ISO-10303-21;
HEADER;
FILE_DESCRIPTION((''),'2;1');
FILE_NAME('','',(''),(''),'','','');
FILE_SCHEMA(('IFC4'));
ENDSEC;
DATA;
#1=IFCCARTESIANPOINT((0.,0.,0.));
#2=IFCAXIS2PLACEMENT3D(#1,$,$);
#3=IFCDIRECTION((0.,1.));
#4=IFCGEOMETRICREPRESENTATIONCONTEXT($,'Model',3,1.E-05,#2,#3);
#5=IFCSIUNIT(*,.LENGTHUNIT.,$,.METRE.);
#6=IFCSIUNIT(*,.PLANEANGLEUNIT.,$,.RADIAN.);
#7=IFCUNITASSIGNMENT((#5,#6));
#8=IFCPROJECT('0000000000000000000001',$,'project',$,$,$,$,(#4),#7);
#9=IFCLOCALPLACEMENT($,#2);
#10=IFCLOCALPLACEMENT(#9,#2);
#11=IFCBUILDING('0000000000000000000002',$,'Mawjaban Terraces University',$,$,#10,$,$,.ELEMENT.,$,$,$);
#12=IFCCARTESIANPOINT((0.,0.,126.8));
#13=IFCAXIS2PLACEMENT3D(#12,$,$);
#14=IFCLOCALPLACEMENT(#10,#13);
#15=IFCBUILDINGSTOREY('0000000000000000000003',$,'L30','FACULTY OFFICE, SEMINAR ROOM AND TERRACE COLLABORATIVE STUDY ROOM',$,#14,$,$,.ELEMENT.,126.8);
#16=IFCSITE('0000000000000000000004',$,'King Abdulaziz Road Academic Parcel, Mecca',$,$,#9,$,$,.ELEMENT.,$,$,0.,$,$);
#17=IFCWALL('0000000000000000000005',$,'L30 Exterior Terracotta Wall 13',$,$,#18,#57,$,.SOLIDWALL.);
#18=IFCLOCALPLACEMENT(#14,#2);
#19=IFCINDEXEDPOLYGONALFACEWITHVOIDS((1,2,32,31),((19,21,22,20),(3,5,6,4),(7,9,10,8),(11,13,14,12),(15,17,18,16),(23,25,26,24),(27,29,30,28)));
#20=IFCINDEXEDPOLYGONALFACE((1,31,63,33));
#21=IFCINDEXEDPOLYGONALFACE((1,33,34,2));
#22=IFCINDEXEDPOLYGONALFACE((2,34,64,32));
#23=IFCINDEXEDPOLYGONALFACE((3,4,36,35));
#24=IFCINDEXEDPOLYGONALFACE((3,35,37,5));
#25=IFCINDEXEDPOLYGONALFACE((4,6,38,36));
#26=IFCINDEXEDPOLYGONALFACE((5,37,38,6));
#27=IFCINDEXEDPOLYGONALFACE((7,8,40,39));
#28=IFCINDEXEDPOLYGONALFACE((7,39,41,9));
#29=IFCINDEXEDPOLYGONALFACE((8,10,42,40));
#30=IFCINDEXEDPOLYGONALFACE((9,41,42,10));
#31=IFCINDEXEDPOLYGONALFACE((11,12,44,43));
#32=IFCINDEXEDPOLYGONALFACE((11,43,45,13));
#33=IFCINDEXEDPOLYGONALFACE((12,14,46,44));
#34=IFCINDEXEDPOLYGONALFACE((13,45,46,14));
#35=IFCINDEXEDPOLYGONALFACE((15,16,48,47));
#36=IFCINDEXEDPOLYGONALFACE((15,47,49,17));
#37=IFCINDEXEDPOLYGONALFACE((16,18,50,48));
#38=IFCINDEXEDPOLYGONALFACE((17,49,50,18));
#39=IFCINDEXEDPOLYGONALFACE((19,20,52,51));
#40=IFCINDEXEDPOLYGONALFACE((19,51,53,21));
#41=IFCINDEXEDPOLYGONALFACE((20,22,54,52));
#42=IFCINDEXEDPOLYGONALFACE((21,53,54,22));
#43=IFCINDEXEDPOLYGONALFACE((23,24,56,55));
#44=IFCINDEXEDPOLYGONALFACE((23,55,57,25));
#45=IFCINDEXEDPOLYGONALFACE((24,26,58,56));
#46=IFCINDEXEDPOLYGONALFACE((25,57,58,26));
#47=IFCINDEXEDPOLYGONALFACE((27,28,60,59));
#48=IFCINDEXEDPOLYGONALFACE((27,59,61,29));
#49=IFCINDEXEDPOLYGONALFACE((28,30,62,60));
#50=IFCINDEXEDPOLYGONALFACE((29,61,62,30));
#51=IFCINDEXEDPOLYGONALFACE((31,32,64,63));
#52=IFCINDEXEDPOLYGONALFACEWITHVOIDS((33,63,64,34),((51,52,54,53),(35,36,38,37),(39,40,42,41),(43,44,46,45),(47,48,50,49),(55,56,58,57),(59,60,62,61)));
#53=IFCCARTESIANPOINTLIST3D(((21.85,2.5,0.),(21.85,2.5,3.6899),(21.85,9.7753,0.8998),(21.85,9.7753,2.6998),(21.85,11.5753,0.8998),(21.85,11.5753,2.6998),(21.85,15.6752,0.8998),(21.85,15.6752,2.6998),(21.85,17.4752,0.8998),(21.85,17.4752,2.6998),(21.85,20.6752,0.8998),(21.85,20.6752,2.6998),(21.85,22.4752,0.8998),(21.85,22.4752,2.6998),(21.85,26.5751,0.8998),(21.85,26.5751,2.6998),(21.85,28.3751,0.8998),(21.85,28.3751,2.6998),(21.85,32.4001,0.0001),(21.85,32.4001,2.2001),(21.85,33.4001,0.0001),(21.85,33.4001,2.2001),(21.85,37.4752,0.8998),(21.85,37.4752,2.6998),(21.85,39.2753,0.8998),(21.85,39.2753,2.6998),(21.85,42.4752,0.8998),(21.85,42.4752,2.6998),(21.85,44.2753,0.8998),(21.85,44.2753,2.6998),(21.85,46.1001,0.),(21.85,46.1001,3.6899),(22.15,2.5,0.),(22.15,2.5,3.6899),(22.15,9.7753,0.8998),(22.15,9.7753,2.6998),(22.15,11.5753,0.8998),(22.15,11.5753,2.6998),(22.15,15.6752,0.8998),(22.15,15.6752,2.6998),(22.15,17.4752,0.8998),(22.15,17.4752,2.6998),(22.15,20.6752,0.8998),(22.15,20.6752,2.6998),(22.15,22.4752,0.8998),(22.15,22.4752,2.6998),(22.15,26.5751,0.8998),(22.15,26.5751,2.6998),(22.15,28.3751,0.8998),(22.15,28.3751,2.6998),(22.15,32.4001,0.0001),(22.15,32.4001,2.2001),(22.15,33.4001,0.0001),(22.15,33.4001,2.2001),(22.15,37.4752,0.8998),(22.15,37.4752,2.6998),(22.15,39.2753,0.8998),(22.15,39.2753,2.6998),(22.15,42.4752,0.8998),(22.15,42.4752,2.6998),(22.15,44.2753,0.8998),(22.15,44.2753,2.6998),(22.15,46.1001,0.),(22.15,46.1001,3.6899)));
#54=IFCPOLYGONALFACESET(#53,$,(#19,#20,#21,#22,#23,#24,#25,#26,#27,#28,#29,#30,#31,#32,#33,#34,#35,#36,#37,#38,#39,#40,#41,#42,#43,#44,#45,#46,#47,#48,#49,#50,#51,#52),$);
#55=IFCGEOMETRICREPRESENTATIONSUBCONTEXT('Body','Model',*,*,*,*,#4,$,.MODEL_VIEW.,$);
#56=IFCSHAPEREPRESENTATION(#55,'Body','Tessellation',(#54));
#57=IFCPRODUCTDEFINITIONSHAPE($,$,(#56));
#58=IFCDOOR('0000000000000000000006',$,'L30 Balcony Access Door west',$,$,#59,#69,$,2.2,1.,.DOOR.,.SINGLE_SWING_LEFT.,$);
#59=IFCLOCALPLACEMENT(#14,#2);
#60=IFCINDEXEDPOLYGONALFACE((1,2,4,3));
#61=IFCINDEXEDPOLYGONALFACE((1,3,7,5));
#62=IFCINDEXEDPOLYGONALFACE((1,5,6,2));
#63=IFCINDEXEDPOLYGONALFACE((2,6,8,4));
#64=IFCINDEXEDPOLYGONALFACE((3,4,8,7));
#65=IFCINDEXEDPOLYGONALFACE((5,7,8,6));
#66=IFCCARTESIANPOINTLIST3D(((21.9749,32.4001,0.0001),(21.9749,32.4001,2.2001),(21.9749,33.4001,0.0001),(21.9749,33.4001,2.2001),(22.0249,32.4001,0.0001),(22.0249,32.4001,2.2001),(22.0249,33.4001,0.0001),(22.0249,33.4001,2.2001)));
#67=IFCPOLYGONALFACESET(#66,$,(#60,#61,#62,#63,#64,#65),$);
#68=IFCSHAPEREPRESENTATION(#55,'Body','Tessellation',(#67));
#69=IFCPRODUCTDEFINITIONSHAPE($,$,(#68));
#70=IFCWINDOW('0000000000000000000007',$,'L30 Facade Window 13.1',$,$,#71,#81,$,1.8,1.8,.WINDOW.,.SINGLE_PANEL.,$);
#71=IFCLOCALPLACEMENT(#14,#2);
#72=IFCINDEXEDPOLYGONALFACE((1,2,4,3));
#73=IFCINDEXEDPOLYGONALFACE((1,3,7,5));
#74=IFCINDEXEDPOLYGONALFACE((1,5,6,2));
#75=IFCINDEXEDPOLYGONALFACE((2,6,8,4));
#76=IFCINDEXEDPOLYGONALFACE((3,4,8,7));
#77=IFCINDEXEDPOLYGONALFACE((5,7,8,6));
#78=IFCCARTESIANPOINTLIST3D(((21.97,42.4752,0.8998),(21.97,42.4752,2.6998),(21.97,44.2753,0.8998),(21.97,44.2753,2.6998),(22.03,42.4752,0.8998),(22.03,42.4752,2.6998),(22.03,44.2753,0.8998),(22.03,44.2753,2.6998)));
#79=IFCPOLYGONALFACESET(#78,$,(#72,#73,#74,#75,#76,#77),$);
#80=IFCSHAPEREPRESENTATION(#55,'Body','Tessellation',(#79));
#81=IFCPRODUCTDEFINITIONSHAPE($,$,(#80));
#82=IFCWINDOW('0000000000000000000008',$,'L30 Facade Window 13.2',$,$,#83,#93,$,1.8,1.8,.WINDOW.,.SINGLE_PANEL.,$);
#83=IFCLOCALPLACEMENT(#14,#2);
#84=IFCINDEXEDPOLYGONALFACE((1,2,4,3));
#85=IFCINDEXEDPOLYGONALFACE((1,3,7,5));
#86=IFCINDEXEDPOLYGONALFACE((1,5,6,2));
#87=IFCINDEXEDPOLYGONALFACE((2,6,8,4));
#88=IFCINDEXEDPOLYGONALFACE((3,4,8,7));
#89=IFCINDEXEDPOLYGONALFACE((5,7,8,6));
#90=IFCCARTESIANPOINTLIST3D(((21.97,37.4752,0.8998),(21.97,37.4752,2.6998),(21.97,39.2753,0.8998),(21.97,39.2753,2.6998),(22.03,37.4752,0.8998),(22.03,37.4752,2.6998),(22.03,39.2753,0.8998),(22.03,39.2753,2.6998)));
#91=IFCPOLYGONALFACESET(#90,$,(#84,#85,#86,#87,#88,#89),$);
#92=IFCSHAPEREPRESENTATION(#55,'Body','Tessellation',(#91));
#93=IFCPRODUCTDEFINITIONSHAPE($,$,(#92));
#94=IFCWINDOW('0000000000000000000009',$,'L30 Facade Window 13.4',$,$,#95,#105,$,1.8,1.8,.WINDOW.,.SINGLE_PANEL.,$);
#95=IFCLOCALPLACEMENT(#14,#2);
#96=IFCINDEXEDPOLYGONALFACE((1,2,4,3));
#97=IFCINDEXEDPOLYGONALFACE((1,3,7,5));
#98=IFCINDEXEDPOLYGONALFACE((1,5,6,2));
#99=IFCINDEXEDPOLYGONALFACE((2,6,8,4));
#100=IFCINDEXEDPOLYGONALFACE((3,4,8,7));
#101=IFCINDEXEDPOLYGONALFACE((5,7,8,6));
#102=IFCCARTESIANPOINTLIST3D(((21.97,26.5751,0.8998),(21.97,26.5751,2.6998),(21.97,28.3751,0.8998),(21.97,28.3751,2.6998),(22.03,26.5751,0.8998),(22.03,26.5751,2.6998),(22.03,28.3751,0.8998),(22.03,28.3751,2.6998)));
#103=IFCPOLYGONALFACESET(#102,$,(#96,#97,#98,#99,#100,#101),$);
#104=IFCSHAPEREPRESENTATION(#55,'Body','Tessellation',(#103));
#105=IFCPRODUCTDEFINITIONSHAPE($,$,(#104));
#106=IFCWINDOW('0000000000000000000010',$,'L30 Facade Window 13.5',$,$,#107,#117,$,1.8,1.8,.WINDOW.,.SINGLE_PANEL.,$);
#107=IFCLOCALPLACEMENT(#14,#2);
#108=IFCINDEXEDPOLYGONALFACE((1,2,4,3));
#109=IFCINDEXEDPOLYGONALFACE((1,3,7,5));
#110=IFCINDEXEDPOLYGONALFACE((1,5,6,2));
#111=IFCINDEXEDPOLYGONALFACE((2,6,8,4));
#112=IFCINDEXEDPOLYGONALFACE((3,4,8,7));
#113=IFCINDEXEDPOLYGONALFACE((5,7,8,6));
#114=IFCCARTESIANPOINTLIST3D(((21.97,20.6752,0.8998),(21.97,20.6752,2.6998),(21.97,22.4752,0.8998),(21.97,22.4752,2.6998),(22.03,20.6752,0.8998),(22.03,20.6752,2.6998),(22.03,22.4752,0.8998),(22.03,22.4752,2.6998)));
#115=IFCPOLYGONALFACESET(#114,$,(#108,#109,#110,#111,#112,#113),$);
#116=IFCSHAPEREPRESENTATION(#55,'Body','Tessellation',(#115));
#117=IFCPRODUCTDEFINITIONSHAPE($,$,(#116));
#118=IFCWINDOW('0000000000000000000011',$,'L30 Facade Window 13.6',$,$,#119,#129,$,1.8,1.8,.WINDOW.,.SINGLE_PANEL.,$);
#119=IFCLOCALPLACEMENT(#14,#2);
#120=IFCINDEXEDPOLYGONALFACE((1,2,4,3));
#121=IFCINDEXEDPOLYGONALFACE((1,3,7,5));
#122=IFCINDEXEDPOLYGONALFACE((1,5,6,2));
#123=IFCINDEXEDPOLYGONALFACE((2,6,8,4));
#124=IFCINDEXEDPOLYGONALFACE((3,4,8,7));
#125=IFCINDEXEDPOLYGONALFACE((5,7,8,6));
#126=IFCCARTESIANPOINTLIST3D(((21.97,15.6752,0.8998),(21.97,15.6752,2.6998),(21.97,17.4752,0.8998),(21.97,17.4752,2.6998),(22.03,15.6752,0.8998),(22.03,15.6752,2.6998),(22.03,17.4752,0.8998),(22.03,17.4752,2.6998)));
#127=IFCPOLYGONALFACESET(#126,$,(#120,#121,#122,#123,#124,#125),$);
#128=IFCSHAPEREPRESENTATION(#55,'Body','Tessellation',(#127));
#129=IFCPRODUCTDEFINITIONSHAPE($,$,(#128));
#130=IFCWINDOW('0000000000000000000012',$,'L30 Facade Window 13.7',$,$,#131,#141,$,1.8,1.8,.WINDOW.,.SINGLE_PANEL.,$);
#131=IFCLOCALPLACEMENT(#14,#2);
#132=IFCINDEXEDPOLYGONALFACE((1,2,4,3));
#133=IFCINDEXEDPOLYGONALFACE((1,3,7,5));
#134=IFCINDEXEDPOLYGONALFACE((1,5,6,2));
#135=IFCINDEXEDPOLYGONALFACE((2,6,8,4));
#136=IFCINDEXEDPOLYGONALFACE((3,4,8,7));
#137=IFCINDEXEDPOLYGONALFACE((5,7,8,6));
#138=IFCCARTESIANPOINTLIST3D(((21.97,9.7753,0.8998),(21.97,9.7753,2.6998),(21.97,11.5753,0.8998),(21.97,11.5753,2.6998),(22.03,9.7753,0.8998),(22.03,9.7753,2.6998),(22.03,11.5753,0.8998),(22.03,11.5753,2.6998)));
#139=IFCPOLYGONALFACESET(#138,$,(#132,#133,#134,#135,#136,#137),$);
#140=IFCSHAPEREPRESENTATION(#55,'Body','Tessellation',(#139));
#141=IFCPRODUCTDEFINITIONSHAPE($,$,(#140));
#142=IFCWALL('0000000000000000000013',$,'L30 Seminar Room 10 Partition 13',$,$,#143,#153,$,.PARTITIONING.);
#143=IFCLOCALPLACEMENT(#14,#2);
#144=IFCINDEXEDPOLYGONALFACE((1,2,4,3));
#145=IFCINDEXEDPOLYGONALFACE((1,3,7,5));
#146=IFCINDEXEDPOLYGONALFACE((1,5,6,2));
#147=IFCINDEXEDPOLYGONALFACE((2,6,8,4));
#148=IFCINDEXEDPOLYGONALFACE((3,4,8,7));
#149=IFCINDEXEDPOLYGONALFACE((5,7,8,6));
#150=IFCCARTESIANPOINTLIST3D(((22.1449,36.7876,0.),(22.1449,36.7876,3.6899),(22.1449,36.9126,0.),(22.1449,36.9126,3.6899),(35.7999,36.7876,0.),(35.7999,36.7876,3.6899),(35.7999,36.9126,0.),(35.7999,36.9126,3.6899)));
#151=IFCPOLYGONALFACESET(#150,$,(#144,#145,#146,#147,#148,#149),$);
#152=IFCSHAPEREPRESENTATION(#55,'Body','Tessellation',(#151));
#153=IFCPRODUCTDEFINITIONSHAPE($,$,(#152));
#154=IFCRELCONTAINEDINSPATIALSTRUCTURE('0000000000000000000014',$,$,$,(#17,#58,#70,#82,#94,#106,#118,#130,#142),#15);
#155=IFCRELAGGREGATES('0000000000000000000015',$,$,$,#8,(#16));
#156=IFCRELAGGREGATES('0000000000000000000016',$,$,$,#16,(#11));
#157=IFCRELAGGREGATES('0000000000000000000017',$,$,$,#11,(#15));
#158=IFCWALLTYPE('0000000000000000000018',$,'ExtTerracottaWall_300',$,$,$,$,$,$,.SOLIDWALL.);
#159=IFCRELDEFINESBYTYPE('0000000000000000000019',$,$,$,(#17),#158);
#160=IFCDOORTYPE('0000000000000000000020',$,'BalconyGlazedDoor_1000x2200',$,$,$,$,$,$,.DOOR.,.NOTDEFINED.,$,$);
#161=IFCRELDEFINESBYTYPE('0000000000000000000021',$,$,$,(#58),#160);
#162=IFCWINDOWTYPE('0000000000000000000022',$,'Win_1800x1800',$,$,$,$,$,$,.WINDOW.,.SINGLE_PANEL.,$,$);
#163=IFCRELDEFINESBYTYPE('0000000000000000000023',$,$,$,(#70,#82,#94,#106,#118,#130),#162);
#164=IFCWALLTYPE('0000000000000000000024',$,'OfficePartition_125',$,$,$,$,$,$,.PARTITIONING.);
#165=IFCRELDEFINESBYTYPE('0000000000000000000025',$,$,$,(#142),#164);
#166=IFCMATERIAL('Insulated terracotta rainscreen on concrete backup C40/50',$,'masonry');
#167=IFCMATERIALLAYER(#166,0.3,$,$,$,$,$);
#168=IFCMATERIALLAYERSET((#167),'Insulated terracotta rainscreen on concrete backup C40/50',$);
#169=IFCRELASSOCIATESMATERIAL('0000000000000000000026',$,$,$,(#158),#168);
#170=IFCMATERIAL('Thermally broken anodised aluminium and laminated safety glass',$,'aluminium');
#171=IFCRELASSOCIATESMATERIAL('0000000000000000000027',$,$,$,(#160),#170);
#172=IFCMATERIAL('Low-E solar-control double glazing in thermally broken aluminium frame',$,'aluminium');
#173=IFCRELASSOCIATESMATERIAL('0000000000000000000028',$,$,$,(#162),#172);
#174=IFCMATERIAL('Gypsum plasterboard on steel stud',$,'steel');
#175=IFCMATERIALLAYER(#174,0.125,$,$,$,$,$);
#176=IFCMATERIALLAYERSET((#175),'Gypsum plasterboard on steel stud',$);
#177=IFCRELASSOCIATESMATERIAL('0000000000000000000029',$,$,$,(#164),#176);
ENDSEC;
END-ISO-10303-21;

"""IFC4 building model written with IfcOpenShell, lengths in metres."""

from ifc_helpers import new_model, si_unit, direction, frame, frame_2d, origin, place, context, subcontext, project, spatial, rectangle, extrude, material, layer, layer_set, type_object, element, fill, save


model = new_model("IFC4")

# Units and contexts
model_context = context("Model", 3, precision=1e-05, world=origin(), true_north=direction((0.0, 1.0)))
body_context = subcontext(model_context, "Body", "Model", "MODEL_VIEW")
ifc_project = project(units=[si_unit("LENGTHUNIT", "METRE"), si_unit("PLANEANGLEUNIT", "RADIAN")], contexts=[model_context])

# Site, building, storey
site_placement = place(None, origin())
site = spatial("IfcSite", under=ifc_project, at=site_placement, Name="King Abdulaziz Road Academic Parcel, Mecca", CompositionType="ELEMENT", RefElevation=0.0)
building_placement = place(site_placement, origin())
building = spatial("IfcBuilding", under=site, at=building_placement, Name="Mawjaban Terraces University", CompositionType="ELEMENT")
storey_placement = place(building_placement, frame((0.0, 0.0, 126.8)))
storey = spatial("IfcBuildingStorey", under=building, at=storey_placement, Name="L30", Description="FACULTY OFFICE, SEMINAR ROOM AND TERRACE COLLABORATIVE STUDY ROOM", CompositionType="ELEMENT", Elevation=126.8)

# Shared definitions
ifc_material_1 = material(Name="Insulated terracotta rainscreen on concrete backup C40/50", Category="masonry")
ifc_layer_1 = layer(ifc_material_1, 0.3)
ifc_layer_set_1 = layer_set([ifc_layer_1], Name="Insulated terracotta rainscreen on concrete backup C40/50")
wall_type_1 = type_object("IfcWallType", Name="ExtTerracottaWall_300", PredefinedType="SOLIDWALL", material=ifc_layer_set_1)
ifc_material_2 = material(Name="Low-E solar-control double glazing in thermally broken aluminium frame", Category="aluminium")

# Wall, openings, door, windows
wall_1_placement = place(storey_placement, frame((22.0, 46.1001, 0.0), z_axis=(0.0, 0.0, 1.0), x_axis=(0.0, -1.0, 0.0)))
wall_1 = element("IfcWall", 1, at=wall_1_placement, inside=storey, type_object=wall_type_1, Name="L30 Exterior Terracotta Wall 13", PredefinedType="SOLIDWALL", context=body_context, shape_type="SweptSolid", body=[
    extrude(rectangle(XDim=43.6001, YDim=0.3, at=frame_2d((21.8, 0.0))), origin(), (0.0, 0.0, 1.0), 3.6899),
])
opening_1_placement = place(wall_1_placement, frame((12.7, 0.0, 0.0)))
opening_1 = element("IfcOpeningElement", 2, at=opening_1_placement, cuts=wall_1, PredefinedType="OPENING", context=body_context, shape_type="SweptSolid", body=[
    extrude(rectangle(XDim=1.0, YDim=2.2, at=frame_2d((0.5, 1.1001))), frame((0.0, 0.1599, 0.0), z_axis=(0.0, -1.0, 0.0), x_axis=(1.0, 0.0, 0.0)), (0.0, 0.0, 1.0), 0.3201),
])
opening_2_placement = place(wall_1_placement, frame((1.825, 0.0, 0.8999)))
opening_2 = element("IfcOpeningElement", 3, at=opening_2_placement, cuts=wall_1, PredefinedType="OPENING", context=body_context, shape_type="SweptSolid", body=[
    extrude(rectangle(XDim=1.8, YDim=1.8, at=frame_2d((0.8999, 0.8999))), frame((0.0, 0.1599, 0.0), z_axis=(0.0, -1.0, 0.0), x_axis=(1.0, 0.0, 0.0)), (0.0, 0.0, 1.0), 0.3201),
])
opening_3_placement = place(wall_1_placement, frame((6.825, 0.0, 0.8999)))
opening_3 = element("IfcOpeningElement", 4, at=opening_3_placement, cuts=wall_1, PredefinedType="OPENING", context=body_context, shape_type="SweptSolid", body=[
    extrude(rectangle(XDim=1.8, YDim=1.8, at=frame_2d((0.8999, 0.8999))), frame((0.0, 0.1599, 0.0), z_axis=(0.0, -1.0, 0.0), x_axis=(1.0, 0.0, 0.0)), (0.0, 0.0, 1.0), 0.3201),
])
opening_4_placement = place(wall_1_placement, frame((17.7251, 0.0, 0.8999)))
opening_4 = element("IfcOpeningElement", 5, at=opening_4_placement, cuts=wall_1, PredefinedType="OPENING", context=body_context, shape_type="SweptSolid", body=[
    extrude(rectangle(XDim=1.8, YDim=1.8, at=frame_2d((0.8999, 0.8999))), frame((0.0, 0.1599, 0.0), z_axis=(0.0, -1.0, 0.0), x_axis=(1.0, 0.0, 0.0)), (0.0, 0.0, 1.0), 0.3201),
])
opening_5_placement = place(wall_1_placement, frame((23.625, 0.0, 0.8999)))
opening_5 = element("IfcOpeningElement", 6, at=opening_5_placement, cuts=wall_1, PredefinedType="OPENING", context=body_context, shape_type="SweptSolid", body=[
    extrude(rectangle(XDim=1.8, YDim=1.8, at=frame_2d((0.8999, 0.8999))), frame((0.0, 0.1599, 0.0), z_axis=(0.0, -1.0, 0.0), x_axis=(1.0, 0.0, 0.0)), (0.0, 0.0, 1.0), 0.3201),
])
opening_6_placement = place(wall_1_placement, frame((28.625, 0.0, 0.8999)))
opening_6 = element("IfcOpeningElement", 7, at=opening_6_placement, cuts=wall_1, PredefinedType="OPENING", context=body_context, shape_type="SweptSolid", body=[
    extrude(rectangle(XDim=1.8, YDim=1.8, at=frame_2d((0.8999, 0.8999))), frame((0.0, 0.1599, 0.0), z_axis=(0.0, -1.0, 0.0), x_axis=(1.0, 0.0, 0.0)), (0.0, 0.0, 1.0), 0.3201),
])
opening_7_placement = place(wall_1_placement, frame((34.5249, 0.0, 0.8999)))
opening_7 = element("IfcOpeningElement", 8, at=opening_7_placement, cuts=wall_1, PredefinedType="OPENING", context=body_context, shape_type="SweptSolid", body=[
    extrude(rectangle(XDim=1.8, YDim=1.8, at=frame_2d((0.8999, 0.8999))), frame((0.0, 0.1599, 0.0), z_axis=(0.0, -1.0, 0.0), x_axis=(1.0, 0.0, 0.0)), (0.0, 0.0, 1.0), 0.3201),
])
ifc_material_3 = material(Name="Thermally broken anodised aluminium and laminated safety glass", Category="aluminium")
door_type = type_object("IfcDoorType", Name="BalconyGlazedDoor_1000x2200", OperationType="NOTDEFINED", PredefinedType="DOOR", material=ifc_material_3)
door_placement = place(opening_1_placement, origin())
door = element("IfcDoor", 9, at=door_placement, inside=storey, type_object=door_type, Name="L30 Balcony Access Door west", OperationType="SINGLE_SWING_LEFT", OverallHeight=2.2, OverallWidth=1.0, PredefinedType="DOOR", context=body_context, shape_type="SweptSolid", body=[
    extrude(rectangle(XDim=1.0, YDim=2.2, at=frame_2d((0.5, 1.1001))), frame((0.0, 0.0249, 0.0), z_axis=(0.0, -1.0, 0.0), x_axis=(1.0, 0.0, 0.0)), (0.0, 0.0, 1.0), 0.05),
])
fill(opening_1, door)
window_type_1 = type_object("IfcWindowType", Name="Win_1800x1800", PartitioningType="SINGLE_PANEL", PredefinedType="WINDOW", material=ifc_material_2)
window_1_placement = place(opening_2_placement, origin())
window_1 = element("IfcWindow", 10, at=window_1_placement, inside=storey, type_object=window_type_1, Name="L30 Facade Window 13.1", OverallHeight=1.8, OverallWidth=1.8, PartitioningType="SINGLE_PANEL", PredefinedType="WINDOW", context=body_context, shape_type="SweptSolid", body=[
    extrude(rectangle(XDim=1.8, YDim=1.8, at=frame_2d((0.8999, 0.8999))), frame((0.0, 0.03, 0.0), z_axis=(0.0, -1.0, 0.0), x_axis=(1.0, 0.0, 0.0)), (0.0, 0.0, 1.0), 0.0601),
])
fill(opening_2, window_1)
window_2_placement = place(opening_3_placement, origin())
window_2 = element("IfcWindow", 11, at=window_2_placement, inside=storey, type_object=window_type_1, Name="L30 Facade Window 13.2", OverallHeight=1.8, OverallWidth=1.8, PartitioningType="SINGLE_PANEL", PredefinedType="WINDOW", context=body_context, shape_type="SweptSolid", body=[
    extrude(rectangle(XDim=1.8, YDim=1.8, at=frame_2d((0.8999, 0.8999))), frame((0.0, 0.03, 0.0), z_axis=(0.0, -1.0, 0.0), x_axis=(1.0, 0.0, 0.0)), (0.0, 0.0, 1.0), 0.0601),
])
fill(opening_3, window_2)
window_3_placement = place(opening_4_placement, origin())
window_3 = element("IfcWindow", 12, at=window_3_placement, inside=storey, type_object=window_type_1, Name="L30 Facade Window 13.4", OverallHeight=1.8, OverallWidth=1.8, PartitioningType="SINGLE_PANEL", PredefinedType="WINDOW", context=body_context, shape_type="SweptSolid", body=[
    extrude(rectangle(XDim=1.8, YDim=1.8, at=frame_2d((0.8999, 0.8999))), frame((0.0, 0.03, 0.0), z_axis=(0.0, -1.0, 0.0), x_axis=(1.0, 0.0, 0.0)), (0.0, 0.0, 1.0), 0.0601),
])
fill(opening_4, window_3)
window_4_placement = place(opening_5_placement, origin())
window_4 = element("IfcWindow", 13, at=window_4_placement, inside=storey, type_object=window_type_1, Name="L30 Facade Window 13.5", OverallHeight=1.8, OverallWidth=1.8, PartitioningType="SINGLE_PANEL", PredefinedType="WINDOW", context=body_context, shape_type="SweptSolid", body=[
    extrude(rectangle(XDim=1.8, YDim=1.8, at=frame_2d((0.8999, 0.8999))), frame((0.0, 0.03, 0.0), z_axis=(0.0, -1.0, 0.0), x_axis=(1.0, 0.0, 0.0)), (0.0, 0.0, 1.0), 0.0601),
])
fill(opening_5, window_4)
window_5_placement = place(opening_6_placement, origin())
window_5 = element("IfcWindow", 14, at=window_5_placement, inside=storey, type_object=window_type_1, Name="L30 Facade Window 13.6", OverallHeight=1.8, OverallWidth=1.8, PartitioningType="SINGLE_PANEL", PredefinedType="WINDOW", context=body_context, shape_type="SweptSolid", body=[
    extrude(rectangle(XDim=1.8, YDim=1.8, at=frame_2d((0.8999, 0.8999))), frame((0.0, 0.03, 0.0), z_axis=(0.0, -1.0, 0.0), x_axis=(1.0, 0.0, 0.0)), (0.0, 0.0, 1.0), 0.0601),
])
fill(opening_6, window_5)
window_6_placement = place(opening_7_placement, origin())
window_6 = element("IfcWindow", 15, at=window_6_placement, inside=storey, type_object=window_type_1, Name="L30 Facade Window 13.7", OverallHeight=1.8, OverallWidth=1.8, PartitioningType="SINGLE_PANEL", PredefinedType="WINDOW", context=body_context, shape_type="SweptSolid", body=[
    extrude(rectangle(XDim=1.8, YDim=1.8, at=frame_2d((0.8999, 0.8999))), frame((0.0, 0.03, 0.0), z_axis=(0.0, -1.0, 0.0), x_axis=(1.0, 0.0, 0.0)), (0.0, 0.0, 1.0), 0.0601),
])
fill(opening_7, window_6)

# Wall
ifc_material_4 = material(Name="Gypsum plasterboard on steel stud", Category="steel")
ifc_layer_2 = layer(ifc_material_4, 0.125)
ifc_layer_set_2 = layer_set([ifc_layer_2], Name="Gypsum plasterboard on steel stud")
wall_type_2 = type_object("IfcWallType", Name="OfficePartition_125", PredefinedType="PARTITIONING", material=ifc_layer_set_2)
wall_2_placement = place(storey_placement, frame((35.8, 36.8501, 0.0), z_axis=(0.0, 0.0, 1.0), x_axis=(-1.0, 0.0, 0.0)))
element("IfcWall", 16, at=wall_2_placement, inside=storey, type_object=wall_type_2, Name="L30 Seminar Room 10 Partition 13", PredefinedType="PARTITIONING", context=body_context, shape_type="SweptSolid", body=[
    extrude(rectangle(XDim=13.655, YDim=0.125, at=frame_2d((6.8276, 0.0))), origin(), (0.0, 0.0, 1.0), 3.6899),
])

save(model, "model.ifc")
